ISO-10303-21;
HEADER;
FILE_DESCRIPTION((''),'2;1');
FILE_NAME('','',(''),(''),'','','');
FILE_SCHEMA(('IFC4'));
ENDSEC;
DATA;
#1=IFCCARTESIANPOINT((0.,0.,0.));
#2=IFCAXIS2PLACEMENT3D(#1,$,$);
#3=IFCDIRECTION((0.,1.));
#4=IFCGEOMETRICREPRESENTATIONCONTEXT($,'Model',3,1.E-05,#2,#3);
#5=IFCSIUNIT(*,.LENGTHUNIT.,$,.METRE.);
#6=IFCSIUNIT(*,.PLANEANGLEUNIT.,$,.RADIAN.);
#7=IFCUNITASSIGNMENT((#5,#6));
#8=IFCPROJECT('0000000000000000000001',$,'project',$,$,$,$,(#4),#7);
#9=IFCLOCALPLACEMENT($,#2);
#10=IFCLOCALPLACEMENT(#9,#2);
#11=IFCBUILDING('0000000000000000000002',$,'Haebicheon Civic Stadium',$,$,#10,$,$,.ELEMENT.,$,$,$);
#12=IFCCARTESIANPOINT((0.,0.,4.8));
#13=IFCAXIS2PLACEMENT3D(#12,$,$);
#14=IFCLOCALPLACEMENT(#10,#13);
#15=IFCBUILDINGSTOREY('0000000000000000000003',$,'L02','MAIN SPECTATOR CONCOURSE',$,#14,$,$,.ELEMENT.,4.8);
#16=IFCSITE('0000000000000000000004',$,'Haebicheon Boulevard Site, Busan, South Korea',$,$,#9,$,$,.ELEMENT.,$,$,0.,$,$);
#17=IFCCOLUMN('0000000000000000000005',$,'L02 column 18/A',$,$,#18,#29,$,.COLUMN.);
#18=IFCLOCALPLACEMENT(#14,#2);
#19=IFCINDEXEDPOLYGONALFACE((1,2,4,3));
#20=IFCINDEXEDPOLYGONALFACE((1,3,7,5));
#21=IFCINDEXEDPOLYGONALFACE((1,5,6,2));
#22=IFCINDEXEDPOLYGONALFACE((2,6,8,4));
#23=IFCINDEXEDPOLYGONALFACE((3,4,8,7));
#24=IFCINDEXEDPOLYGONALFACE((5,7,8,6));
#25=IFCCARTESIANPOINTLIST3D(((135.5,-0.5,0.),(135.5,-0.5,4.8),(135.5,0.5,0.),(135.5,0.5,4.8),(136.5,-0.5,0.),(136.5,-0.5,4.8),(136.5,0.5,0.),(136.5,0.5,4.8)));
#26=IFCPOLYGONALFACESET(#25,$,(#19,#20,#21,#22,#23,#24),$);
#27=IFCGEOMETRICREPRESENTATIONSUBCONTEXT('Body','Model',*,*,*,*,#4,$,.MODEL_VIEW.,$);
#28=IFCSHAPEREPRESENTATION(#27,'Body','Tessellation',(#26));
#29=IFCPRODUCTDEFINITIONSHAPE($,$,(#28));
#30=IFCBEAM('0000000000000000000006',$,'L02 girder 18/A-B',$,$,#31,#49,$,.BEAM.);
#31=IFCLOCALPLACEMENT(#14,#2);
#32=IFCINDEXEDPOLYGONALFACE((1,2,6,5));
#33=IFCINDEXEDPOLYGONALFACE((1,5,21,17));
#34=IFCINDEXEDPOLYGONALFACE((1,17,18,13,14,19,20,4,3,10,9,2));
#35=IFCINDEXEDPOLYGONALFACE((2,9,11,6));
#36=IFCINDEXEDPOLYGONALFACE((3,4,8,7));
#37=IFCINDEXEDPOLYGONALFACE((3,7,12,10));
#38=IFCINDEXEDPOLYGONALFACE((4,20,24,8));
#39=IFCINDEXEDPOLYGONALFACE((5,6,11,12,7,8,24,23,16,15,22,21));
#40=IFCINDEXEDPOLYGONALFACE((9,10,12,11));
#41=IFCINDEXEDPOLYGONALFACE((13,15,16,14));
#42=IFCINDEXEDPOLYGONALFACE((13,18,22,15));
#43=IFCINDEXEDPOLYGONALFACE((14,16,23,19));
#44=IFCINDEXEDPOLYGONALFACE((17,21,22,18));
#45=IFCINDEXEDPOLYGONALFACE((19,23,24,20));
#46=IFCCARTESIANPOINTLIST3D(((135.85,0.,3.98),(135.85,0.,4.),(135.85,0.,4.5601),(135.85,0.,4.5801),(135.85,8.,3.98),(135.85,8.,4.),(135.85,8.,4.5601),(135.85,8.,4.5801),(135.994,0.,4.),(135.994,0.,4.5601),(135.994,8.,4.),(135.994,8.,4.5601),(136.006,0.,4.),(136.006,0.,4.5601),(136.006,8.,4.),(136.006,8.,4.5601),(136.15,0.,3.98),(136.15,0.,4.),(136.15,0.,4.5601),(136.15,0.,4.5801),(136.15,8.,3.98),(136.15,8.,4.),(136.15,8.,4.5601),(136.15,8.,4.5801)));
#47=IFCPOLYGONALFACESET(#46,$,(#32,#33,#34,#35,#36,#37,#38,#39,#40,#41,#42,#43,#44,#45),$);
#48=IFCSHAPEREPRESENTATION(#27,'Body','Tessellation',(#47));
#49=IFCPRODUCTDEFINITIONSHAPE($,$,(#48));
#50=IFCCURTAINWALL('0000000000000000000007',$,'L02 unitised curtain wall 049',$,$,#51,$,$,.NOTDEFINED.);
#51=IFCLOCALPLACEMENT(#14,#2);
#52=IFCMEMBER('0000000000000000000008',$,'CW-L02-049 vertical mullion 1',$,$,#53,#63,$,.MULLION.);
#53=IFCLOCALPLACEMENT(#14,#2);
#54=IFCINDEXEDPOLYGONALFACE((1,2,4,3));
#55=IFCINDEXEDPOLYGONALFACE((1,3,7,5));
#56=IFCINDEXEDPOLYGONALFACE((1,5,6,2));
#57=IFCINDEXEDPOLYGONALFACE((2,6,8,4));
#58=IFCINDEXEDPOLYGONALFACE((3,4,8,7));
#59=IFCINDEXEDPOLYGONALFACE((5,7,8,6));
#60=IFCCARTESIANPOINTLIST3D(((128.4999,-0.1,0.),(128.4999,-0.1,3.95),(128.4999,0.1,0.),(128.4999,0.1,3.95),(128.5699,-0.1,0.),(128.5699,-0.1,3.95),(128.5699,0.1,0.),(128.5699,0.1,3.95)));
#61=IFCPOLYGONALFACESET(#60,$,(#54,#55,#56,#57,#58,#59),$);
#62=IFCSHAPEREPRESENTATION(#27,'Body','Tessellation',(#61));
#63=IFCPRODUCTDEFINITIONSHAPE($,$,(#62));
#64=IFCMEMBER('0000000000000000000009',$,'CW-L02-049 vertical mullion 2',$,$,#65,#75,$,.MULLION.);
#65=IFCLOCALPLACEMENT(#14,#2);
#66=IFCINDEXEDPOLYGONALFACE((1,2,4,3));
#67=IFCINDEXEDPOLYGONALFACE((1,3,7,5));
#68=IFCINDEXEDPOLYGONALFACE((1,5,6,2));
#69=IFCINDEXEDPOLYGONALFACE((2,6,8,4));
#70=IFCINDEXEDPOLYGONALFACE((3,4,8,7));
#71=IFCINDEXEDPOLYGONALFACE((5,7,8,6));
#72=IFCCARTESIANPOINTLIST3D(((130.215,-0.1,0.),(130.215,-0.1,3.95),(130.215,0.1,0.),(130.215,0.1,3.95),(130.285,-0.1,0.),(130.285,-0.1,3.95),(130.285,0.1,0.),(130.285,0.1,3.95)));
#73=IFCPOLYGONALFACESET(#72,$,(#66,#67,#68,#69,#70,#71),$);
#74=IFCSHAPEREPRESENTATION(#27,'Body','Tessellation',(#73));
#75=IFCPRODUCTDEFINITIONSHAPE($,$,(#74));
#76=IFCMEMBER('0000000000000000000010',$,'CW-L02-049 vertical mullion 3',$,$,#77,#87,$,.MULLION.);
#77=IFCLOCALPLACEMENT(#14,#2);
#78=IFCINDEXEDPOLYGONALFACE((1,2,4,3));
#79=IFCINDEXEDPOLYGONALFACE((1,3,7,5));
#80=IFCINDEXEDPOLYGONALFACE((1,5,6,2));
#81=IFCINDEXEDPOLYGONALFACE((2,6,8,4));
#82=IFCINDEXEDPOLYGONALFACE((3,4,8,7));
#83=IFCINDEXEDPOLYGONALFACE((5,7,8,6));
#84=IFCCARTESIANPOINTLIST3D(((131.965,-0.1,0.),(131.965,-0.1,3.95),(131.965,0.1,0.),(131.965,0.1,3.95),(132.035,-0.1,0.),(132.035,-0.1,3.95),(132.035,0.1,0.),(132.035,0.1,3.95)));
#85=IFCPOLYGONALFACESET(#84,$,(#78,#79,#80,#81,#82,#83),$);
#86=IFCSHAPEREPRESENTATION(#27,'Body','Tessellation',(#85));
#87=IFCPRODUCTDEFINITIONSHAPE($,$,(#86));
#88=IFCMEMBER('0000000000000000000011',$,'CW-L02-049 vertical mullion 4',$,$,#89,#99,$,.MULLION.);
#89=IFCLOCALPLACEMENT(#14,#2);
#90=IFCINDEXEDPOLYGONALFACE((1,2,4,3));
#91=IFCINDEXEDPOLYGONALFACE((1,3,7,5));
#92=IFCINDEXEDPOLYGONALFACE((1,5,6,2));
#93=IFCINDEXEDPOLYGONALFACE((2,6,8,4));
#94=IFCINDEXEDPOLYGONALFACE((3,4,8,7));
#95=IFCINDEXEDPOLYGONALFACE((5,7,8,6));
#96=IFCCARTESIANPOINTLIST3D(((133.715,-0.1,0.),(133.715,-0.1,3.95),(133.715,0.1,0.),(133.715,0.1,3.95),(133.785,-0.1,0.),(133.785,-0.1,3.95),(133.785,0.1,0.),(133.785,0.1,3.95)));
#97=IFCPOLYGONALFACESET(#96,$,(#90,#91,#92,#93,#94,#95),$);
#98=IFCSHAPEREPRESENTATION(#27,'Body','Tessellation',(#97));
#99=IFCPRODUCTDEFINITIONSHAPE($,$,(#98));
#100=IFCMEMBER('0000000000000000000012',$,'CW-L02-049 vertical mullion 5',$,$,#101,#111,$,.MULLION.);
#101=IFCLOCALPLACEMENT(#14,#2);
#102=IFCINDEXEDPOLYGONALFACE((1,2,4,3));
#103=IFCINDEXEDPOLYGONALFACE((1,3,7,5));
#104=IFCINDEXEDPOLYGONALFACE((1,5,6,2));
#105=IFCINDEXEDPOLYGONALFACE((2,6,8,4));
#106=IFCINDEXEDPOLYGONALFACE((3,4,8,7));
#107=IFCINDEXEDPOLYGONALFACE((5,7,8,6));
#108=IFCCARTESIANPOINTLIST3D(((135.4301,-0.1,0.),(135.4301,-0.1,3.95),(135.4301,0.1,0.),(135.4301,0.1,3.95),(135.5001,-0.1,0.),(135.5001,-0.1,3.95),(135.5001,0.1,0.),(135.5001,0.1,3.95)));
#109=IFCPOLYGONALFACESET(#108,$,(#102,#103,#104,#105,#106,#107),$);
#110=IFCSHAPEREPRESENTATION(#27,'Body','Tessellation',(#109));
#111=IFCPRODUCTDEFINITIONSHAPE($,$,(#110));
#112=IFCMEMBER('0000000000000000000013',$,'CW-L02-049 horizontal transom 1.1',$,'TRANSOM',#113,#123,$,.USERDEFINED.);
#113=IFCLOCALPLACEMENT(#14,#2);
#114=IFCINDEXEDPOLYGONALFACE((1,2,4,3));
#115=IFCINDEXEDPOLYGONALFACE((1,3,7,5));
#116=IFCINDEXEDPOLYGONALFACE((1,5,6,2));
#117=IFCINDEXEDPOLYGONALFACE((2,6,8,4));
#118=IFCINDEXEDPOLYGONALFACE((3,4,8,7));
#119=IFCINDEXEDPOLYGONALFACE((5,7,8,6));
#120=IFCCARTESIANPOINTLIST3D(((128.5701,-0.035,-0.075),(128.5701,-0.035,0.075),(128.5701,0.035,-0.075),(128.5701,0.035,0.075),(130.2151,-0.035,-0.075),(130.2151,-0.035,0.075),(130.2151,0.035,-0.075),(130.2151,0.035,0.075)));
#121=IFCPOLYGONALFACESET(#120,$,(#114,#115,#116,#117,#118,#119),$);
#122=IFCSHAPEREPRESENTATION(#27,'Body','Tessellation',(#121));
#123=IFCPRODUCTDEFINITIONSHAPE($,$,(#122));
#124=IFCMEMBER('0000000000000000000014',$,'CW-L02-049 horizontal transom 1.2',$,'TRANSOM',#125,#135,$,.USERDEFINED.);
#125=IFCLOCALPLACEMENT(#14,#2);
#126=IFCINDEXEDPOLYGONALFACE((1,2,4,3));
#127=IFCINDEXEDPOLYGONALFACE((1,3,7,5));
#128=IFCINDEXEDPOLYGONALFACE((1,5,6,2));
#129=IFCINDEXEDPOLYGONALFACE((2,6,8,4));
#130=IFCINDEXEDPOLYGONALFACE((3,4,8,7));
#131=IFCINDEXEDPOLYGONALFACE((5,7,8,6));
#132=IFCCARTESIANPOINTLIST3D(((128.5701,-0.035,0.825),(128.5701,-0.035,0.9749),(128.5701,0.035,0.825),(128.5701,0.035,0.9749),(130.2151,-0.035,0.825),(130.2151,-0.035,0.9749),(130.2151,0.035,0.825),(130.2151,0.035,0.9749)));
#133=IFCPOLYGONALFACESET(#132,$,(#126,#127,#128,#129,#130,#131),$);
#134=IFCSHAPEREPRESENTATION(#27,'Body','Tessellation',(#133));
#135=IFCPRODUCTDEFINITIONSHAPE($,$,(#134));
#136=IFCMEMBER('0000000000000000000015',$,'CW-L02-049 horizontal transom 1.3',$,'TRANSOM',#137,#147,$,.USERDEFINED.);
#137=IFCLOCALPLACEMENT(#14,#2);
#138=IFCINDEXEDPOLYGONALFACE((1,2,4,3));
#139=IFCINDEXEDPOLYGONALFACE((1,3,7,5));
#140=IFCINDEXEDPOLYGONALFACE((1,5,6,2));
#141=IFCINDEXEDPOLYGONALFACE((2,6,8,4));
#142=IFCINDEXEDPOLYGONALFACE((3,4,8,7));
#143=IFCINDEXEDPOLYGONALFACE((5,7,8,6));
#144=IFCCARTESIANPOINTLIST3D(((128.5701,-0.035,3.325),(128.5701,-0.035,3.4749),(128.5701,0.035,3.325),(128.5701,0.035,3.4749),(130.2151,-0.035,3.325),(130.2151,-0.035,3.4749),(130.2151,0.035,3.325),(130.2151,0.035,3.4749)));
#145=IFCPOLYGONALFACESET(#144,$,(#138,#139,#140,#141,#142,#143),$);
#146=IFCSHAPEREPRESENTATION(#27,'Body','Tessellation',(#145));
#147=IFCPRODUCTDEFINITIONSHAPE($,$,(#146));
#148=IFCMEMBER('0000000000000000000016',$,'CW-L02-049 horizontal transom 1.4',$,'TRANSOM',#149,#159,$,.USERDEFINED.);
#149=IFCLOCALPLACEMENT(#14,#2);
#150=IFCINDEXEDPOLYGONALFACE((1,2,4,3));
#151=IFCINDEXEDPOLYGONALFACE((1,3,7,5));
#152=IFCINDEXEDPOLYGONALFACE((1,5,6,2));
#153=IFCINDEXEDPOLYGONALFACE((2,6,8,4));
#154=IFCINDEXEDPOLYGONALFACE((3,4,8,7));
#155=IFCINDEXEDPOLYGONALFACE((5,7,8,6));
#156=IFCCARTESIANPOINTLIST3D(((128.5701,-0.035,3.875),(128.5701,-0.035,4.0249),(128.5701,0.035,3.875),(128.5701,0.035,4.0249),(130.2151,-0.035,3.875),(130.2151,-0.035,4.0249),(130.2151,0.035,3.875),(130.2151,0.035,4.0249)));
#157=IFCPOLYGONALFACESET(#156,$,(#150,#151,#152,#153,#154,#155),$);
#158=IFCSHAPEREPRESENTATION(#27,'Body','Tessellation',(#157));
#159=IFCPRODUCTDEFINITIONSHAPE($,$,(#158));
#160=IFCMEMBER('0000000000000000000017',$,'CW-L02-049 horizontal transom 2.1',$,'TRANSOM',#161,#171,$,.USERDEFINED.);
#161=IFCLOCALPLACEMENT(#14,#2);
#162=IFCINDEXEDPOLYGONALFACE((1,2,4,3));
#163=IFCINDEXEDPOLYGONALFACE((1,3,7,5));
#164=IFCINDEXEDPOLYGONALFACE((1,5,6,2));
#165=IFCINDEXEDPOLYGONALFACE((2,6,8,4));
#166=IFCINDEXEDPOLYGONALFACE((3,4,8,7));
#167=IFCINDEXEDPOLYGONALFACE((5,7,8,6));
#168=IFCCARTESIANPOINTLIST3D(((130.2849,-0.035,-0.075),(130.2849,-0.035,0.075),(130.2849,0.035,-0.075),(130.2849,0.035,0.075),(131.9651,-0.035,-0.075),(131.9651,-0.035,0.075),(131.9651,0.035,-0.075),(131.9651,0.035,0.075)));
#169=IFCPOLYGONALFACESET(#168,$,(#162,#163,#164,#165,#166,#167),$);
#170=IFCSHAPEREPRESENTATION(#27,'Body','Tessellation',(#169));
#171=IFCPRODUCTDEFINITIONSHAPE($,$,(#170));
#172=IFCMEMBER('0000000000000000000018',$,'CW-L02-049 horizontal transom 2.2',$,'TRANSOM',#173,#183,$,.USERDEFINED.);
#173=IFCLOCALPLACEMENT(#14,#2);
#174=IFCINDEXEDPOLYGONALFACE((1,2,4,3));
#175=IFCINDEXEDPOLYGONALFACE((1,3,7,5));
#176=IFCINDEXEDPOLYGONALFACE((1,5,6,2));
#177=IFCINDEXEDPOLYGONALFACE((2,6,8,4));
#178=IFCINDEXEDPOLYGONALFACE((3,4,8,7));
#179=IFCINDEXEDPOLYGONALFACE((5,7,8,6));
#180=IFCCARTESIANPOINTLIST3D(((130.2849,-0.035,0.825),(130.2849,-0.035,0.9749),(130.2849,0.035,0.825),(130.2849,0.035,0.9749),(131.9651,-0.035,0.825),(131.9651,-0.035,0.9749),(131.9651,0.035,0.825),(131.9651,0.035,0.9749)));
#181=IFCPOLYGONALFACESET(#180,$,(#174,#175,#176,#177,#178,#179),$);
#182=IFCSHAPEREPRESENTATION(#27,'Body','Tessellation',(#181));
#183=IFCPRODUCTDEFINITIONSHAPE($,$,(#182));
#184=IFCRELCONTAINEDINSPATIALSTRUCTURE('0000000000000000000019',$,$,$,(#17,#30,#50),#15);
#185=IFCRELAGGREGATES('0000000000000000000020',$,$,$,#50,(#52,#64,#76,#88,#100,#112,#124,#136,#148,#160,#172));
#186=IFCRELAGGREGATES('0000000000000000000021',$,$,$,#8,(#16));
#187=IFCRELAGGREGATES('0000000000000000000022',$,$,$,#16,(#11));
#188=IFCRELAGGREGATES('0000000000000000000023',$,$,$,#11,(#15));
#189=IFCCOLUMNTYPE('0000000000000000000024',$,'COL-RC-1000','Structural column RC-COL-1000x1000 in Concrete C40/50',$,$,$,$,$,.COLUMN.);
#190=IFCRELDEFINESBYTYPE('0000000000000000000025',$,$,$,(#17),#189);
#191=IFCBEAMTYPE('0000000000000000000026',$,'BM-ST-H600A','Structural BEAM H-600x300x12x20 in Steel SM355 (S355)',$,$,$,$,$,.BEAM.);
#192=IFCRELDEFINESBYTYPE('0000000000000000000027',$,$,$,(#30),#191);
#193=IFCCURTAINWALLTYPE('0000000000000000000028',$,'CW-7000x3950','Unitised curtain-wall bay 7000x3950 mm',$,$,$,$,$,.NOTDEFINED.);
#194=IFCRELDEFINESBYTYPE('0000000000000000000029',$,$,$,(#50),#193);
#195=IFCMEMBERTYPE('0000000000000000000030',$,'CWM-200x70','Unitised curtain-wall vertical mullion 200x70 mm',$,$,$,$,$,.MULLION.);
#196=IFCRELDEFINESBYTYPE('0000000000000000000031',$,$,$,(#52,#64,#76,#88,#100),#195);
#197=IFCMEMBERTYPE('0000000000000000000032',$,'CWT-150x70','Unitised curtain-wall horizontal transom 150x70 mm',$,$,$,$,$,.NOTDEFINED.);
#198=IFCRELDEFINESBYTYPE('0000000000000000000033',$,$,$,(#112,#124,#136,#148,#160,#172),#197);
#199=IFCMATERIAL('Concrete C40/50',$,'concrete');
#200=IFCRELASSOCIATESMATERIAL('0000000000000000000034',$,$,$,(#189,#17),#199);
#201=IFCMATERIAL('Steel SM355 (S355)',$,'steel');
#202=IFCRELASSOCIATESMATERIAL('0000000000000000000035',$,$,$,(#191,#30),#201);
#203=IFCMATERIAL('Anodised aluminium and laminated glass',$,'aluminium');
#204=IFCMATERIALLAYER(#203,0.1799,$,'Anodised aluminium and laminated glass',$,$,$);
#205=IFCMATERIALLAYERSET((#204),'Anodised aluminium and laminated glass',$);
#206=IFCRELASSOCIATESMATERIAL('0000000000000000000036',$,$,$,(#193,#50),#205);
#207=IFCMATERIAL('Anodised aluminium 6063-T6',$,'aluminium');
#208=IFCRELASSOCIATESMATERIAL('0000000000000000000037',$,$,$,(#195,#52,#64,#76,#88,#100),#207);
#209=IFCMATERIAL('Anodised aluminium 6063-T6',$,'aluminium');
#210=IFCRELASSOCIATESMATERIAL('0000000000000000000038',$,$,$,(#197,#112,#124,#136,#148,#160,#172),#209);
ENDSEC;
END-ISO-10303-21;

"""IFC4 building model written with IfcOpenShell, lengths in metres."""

from ifc_helpers import new_model, si_unit, direction, frame, origin, origin_2d, place, context, subcontext, project, spatial, rectangle, i_section, extrude, material, layer, layer_set, material_profile, profile_set, type_object, element, aggregate, save


model = new_model("IFC4")

# Units and contexts
model_context = context("Model", 3, precision=1e-05, world=origin(), true_north=direction((0.0, 1.0)))
body_context = subcontext(model_context, "Body", "Model", "MODEL_VIEW")
ifc_project = project(units=[si_unit("LENGTHUNIT", "METRE"), si_unit("PLANEANGLEUNIT", "RADIAN")], contexts=[model_context])

# Site, building, storey
site_placement = place(None, origin())
site = spatial("IfcSite", under=ifc_project, at=site_placement, Name="Haebicheon Boulevard Site, Busan, South Korea", CompositionType="ELEMENT", RefElevation=0.0)
building_placement = place(site_placement, origin())
building = spatial("IfcBuilding", under=site, at=building_placement, Name="Haebicheon Civic Stadium", CompositionType="ELEMENT")
storey_placement = place(building_placement, frame((0.0, 0.0, 4.8)))
storey = spatial("IfcBuildingStorey", under=building, at=storey_placement, Name="L02", Description="MAIN SPECTATOR CONCOURSE", CompositionType="ELEMENT", Elevation=4.8)

# Column
ifc_material_1 = material(Name="Concrete C40/50", Category="concrete")
ifc_material_profile_1 = material_profile(ifc_material_1, rectangle(XDim=1.0, YDim=1.0, at=origin_2d()), Name="RC-COL-1000x1000")
ifc_profile_set_1 = profile_set([ifc_material_profile_1], Name="Concrete C40/50")
column_type = type_object("IfcColumnType", Name="COL-RC-1000", Description="Structural column RC-COL-1000x1000 in Concrete C40/50", PredefinedType="COLUMN", material=ifc_profile_set_1)
column_placement = place(storey_placement, frame((136.0, 0.0, 0.0), z_axis=(0.0, 0.0, 1.0), x_axis=(1.0, 0.0, 0.0)))
element("IfcColumn", 1, at=column_placement, inside=storey, type_object=column_type, material=ifc_profile_set_1, Name="L02 column 18/A", PredefinedType="COLUMN", context=body_context, shape_type="SweptSolid", body=[
    extrude(rectangle(XDim=1.0, YDim=1.0, at=origin_2d()), origin(), (0.0, 0.0, 1.0), 4.8),
])

# Beam
ifc_material_2 = material(Name="Steel SM355 (S355)", Category="steel")
ifc_material_profile_2 = material_profile(ifc_material_2, i_section(OverallWidth=0.3, OverallDepth=0.6001, WebThickness=0.012, FlangeThickness=0.02, at=origin_2d()), Name="H-600x300x12x20")
ifc_profile_set_2 = profile_set([ifc_material_profile_2], Name="Steel SM355 (S355)")
beam_type = type_object("IfcBeamType", Name="BM-ST-H600A", Description="Structural BEAM H-600x300x12x20 in Steel SM355 (S355)", PredefinedType="BEAM", material=ifc_profile_set_2)
beam_placement = place(storey_placement, frame((136.0, 0.0, 4.28), z_axis=(0.0, 1.0, 0.0), x_axis=(-1.0, 0.0, 0.0)))
element("IfcBeam", 2, at=beam_placement, inside=storey, type_object=beam_type, material=ifc_profile_set_2, Name="L02 girder 18/A-B", PredefinedType="BEAM", context=body_context, shape_type="SweptSolid", body=[
    extrude(i_section(OverallWidth=0.3, OverallDepth=0.6001, WebThickness=0.012, FlangeThickness=0.02, at=origin_2d()), origin(), (0.0, 0.0, 1.0), 8.0),
])

# Curtain wall, members
ifc_material_3 = material(Name="Anodised aluminium and laminated glass", Category="aluminium")
ifc_layer_1 = layer(ifc_material_3, 0.1799, Name="Anodised aluminium and laminated glass")
ifc_layer_set_1 = layer_set([ifc_layer_1], Name="Anodised aluminium and laminated glass")
curtain_wall_type = type_object("IfcCurtainWallType", Name="CW-7000x3950", Description="Unitised curtain-wall bay 7000x3950 mm", PredefinedType="NOTDEFINED", material=ifc_layer_set_1)
curtain_wall_placement = place(storey_placement, origin())
curtain_wall = element("IfcCurtainWall", 3, at=curtain_wall_placement, inside=storey, type_object=curtain_wall_type, material=ifc_layer_set_1, Name="L02 unitised curtain wall 049", PredefinedType="NOTDEFINED")
ifc_material_4 = material(Name="Anodised aluminium 6063-T6", Category="aluminium")
ifc_material_profile_3 = material_profile(ifc_material_4, rectangle(XDim=0.0701, YDim=0.2, at=origin_2d()), Name="ALU-MULL-70x200")
ifc_profile_set_3 = profile_set([ifc_material_profile_3], Name="Anodised aluminium 6063-T6")
member_type_1 = type_object("IfcMemberType", Name="CWM-200x70", Description="Unitised curtain-wall vertical mullion 200x70 mm", PredefinedType="MULLION", material=ifc_profile_set_3)
member_1_placement = place(storey_placement, frame((128.5349, 0.0, 0.0), z_axis=(0.0, 0.0, 1.0), x_axis=(1.0, 0.0, 0.0)))
member_1 = element("IfcMember", 4, at=member_1_placement, type_object=member_type_1, material=ifc_profile_set_3, Name="CW-L02-049 vertical mullion 1", PredefinedType="MULLION", context=body_context, shape_type="SweptSolid", body=[
    extrude(rectangle(XDim=0.0701, YDim=0.2, at=origin_2d()), origin(), (0.0, 0.0, 1.0), 3.95),
])
member_2_placement = place(storey_placement, frame((130.25, 0.0, 0.0), z_axis=(0.0, 0.0, 1.0), x_axis=(1.0, 0.0, 0.0)))
member_2 = element("IfcMember", 5, at=member_2_placement, type_object=member_type_1, material=ifc_profile_set_3, Name="CW-L02-049 vertical mullion 2", PredefinedType="MULLION", context=body_context, shape_type="SweptSolid", body=[
    extrude(rectangle(XDim=0.0701, YDim=0.2, at=origin_2d()), origin(), (0.0, 0.0, 1.0), 3.95),
])
member_3_placement = place(storey_placement, frame((132.0, 0.0, 0.0), z_axis=(0.0, 0.0, 1.0), x_axis=(1.0, 0.0, 0.0)))
member_3 = element("IfcMember", 6, at=member_3_placement, type_object=member_type_1, material=ifc_profile_set_3, Name="CW-L02-049 vertical mullion 3", PredefinedType="MULLION", context=body_context, shape_type="SweptSolid", body=[
    extrude(rectangle(XDim=0.0701, YDim=0.2, at=origin_2d()), origin(), (0.0, 0.0, 1.0), 3.95),
])
member_4_placement = place(storey_placement, frame((133.75, 0.0, 0.0), z_axis=(0.0, 0.0, 1.0), x_axis=(1.0, 0.0, 0.0)))
member_4 = element("IfcMember", 7, at=member_4_placement, type_object=member_type_1, material=ifc_profile_set_3, Name="CW-L02-049 vertical mullion 4", PredefinedType="MULLION", context=body_context, shape_type="SweptSolid", body=[
    extrude(rectangle(XDim=0.0701, YDim=0.2, at=origin_2d()), origin(), (0.0, 0.0, 1.0), 3.95),
])
member_5_placement = place(storey_placement, frame((135.4651, 0.0, 0.0), z_axis=(0.0, 0.0, 1.0), x_axis=(1.0, 0.0, 0.0)))
member_5 = element("IfcMember", 8, at=member_5_placement, type_object=member_type_1, material=ifc_profile_set_3, Name="CW-L02-049 vertical mullion 5", PredefinedType="MULLION", context=body_context, shape_type="SweptSolid", body=[
    extrude(rectangle(XDim=0.0701, YDim=0.2, at=origin_2d()), origin(), (0.0, 0.0, 1.0), 3.95),
])
ifc_material_5 = material(Name="Anodised aluminium 6063-T6", Category="aluminium")
ifc_material_profile_4 = material_profile(ifc_material_5, rectangle(XDim=0.0701, YDim=0.1499, at=origin_2d()), Name="ALU-TRAN-70x150")
ifc_profile_set_4 = profile_set([ifc_material_profile_4], Name="Anodised aluminium 6063-T6")
member_type_2 = type_object("IfcMemberType", Name="CWT-150x70", Description="Unitised curtain-wall horizontal transom 150x70 mm", PredefinedType="NOTDEFINED", material=ifc_profile_set_4)
member_6_placement = place(storey_placement, frame((128.5701, 0.0, 0.0), z_axis=(1.0, 0.0, 0.0), x_axis=(0.0, 1.0, 0.0)))
member_6 = element("IfcMember", 9, at=member_6_placement, type_object=member_type_2, material=ifc_profile_set_4, Name="CW-L02-049 horizontal transom 1.1", ObjectType="TRANSOM", PredefinedType="USERDEFINED", context=body_context, shape_type="SweptSolid", body=[
    extrude(rectangle(XDim=0.0701, YDim=0.1499, at=origin_2d()), origin(), (0.0, 0.0, 1.0), 1.645),
])
member_7_placement = place(storey_placement, frame((128.5701, 0.0, 0.8999), z_axis=(1.0, 0.0, 0.0), x_axis=(0.0, 1.0, 0.0)))
member_7 = element("IfcMember", 10, at=member_7_placement, type_object=member_type_2, material=ifc_profile_set_4, Name="CW-L02-049 horizontal transom 1.2", ObjectType="TRANSOM", PredefinedType="USERDEFINED", context=body_context, shape_type="SweptSolid", body=[
    extrude(rectangle(XDim=0.0701, YDim=0.1499, at=origin_2d()), origin(), (0.0, 0.0, 1.0), 1.645),
])
member_8_placement = place(storey_placement, frame((128.5701, 0.0, 3.3999), z_axis=(1.0, 0.0, 0.0), x_axis=(0.0, 1.0, 0.0)))
member_8 = element("IfcMember", 11, at=member_8_placement, type_object=member_type_2, material=ifc_profile_set_4, Name="CW-L02-049 horizontal transom 1.3", ObjectType="TRANSOM", PredefinedType="USERDEFINED", context=body_context, shape_type="SweptSolid", body=[
    extrude(rectangle(XDim=0.0701, YDim=0.1499, at=origin_2d()), origin(), (0.0, 0.0, 1.0), 1.645),
])
member_9_placement = place(storey_placement, frame((128.5701, 0.0, 3.95), z_axis=(1.0, 0.0, 0.0), x_axis=(0.0, 1.0, 0.0)))
member_9 = element("IfcMember", 12, at=member_9_placement, type_object=member_type_2, material=ifc_profile_set_4, Name="CW-L02-049 horizontal transom 1.4", ObjectType="TRANSOM", PredefinedType="USERDEFINED", context=body_context, shape_type="SweptSolid", body=[
    extrude(rectangle(XDim=0.0701, YDim=0.1499, at=origin_2d()), origin(), (0.0, 0.0, 1.0), 1.645),
])
member_10_placement = place(storey_placement, frame((130.2849, 0.0, 0.0), z_axis=(1.0, 0.0, 0.0), x_axis=(0.0, 1.0, 0.0)))
member_10 = element("IfcMember", 13, at=member_10_placement, type_object=member_type_2, material=ifc_profile_set_4, Name="CW-L02-049 horizontal transom 2.1", ObjectType="TRANSOM", PredefinedType="USERDEFINED", context=body_context, shape_type="SweptSolid", body=[
    extrude(rectangle(XDim=0.0701, YDim=0.1499, at=origin_2d()), origin(), (0.0, 0.0, 1.0), 1.6802),
])
member_11_placement = place(storey_placement, frame((130.2849, 0.0, 0.8999), z_axis=(1.0, 0.0, 0.0), x_axis=(0.0, 1.0, 0.0)))
member_11 = element("IfcMember", 14, at=member_11_placement, type_object=member_type_2, material=ifc_profile_set_4, Name="CW-L02-049 horizontal transom 2.2", ObjectType="TRANSOM", PredefinedType="USERDEFINED", context=body_context, shape_type="SweptSolid", body=[
    extrude(rectangle(XDim=0.0701, YDim=0.1499, at=origin_2d()), origin(), (0.0, 0.0, 1.0), 1.6802),
])
aggregate(curtain_wall, [member_1, member_2, member_3, member_4, member_5, member_6, member_7, member_8, member_9, member_10, member_11])

save(model, "model.ifc")
